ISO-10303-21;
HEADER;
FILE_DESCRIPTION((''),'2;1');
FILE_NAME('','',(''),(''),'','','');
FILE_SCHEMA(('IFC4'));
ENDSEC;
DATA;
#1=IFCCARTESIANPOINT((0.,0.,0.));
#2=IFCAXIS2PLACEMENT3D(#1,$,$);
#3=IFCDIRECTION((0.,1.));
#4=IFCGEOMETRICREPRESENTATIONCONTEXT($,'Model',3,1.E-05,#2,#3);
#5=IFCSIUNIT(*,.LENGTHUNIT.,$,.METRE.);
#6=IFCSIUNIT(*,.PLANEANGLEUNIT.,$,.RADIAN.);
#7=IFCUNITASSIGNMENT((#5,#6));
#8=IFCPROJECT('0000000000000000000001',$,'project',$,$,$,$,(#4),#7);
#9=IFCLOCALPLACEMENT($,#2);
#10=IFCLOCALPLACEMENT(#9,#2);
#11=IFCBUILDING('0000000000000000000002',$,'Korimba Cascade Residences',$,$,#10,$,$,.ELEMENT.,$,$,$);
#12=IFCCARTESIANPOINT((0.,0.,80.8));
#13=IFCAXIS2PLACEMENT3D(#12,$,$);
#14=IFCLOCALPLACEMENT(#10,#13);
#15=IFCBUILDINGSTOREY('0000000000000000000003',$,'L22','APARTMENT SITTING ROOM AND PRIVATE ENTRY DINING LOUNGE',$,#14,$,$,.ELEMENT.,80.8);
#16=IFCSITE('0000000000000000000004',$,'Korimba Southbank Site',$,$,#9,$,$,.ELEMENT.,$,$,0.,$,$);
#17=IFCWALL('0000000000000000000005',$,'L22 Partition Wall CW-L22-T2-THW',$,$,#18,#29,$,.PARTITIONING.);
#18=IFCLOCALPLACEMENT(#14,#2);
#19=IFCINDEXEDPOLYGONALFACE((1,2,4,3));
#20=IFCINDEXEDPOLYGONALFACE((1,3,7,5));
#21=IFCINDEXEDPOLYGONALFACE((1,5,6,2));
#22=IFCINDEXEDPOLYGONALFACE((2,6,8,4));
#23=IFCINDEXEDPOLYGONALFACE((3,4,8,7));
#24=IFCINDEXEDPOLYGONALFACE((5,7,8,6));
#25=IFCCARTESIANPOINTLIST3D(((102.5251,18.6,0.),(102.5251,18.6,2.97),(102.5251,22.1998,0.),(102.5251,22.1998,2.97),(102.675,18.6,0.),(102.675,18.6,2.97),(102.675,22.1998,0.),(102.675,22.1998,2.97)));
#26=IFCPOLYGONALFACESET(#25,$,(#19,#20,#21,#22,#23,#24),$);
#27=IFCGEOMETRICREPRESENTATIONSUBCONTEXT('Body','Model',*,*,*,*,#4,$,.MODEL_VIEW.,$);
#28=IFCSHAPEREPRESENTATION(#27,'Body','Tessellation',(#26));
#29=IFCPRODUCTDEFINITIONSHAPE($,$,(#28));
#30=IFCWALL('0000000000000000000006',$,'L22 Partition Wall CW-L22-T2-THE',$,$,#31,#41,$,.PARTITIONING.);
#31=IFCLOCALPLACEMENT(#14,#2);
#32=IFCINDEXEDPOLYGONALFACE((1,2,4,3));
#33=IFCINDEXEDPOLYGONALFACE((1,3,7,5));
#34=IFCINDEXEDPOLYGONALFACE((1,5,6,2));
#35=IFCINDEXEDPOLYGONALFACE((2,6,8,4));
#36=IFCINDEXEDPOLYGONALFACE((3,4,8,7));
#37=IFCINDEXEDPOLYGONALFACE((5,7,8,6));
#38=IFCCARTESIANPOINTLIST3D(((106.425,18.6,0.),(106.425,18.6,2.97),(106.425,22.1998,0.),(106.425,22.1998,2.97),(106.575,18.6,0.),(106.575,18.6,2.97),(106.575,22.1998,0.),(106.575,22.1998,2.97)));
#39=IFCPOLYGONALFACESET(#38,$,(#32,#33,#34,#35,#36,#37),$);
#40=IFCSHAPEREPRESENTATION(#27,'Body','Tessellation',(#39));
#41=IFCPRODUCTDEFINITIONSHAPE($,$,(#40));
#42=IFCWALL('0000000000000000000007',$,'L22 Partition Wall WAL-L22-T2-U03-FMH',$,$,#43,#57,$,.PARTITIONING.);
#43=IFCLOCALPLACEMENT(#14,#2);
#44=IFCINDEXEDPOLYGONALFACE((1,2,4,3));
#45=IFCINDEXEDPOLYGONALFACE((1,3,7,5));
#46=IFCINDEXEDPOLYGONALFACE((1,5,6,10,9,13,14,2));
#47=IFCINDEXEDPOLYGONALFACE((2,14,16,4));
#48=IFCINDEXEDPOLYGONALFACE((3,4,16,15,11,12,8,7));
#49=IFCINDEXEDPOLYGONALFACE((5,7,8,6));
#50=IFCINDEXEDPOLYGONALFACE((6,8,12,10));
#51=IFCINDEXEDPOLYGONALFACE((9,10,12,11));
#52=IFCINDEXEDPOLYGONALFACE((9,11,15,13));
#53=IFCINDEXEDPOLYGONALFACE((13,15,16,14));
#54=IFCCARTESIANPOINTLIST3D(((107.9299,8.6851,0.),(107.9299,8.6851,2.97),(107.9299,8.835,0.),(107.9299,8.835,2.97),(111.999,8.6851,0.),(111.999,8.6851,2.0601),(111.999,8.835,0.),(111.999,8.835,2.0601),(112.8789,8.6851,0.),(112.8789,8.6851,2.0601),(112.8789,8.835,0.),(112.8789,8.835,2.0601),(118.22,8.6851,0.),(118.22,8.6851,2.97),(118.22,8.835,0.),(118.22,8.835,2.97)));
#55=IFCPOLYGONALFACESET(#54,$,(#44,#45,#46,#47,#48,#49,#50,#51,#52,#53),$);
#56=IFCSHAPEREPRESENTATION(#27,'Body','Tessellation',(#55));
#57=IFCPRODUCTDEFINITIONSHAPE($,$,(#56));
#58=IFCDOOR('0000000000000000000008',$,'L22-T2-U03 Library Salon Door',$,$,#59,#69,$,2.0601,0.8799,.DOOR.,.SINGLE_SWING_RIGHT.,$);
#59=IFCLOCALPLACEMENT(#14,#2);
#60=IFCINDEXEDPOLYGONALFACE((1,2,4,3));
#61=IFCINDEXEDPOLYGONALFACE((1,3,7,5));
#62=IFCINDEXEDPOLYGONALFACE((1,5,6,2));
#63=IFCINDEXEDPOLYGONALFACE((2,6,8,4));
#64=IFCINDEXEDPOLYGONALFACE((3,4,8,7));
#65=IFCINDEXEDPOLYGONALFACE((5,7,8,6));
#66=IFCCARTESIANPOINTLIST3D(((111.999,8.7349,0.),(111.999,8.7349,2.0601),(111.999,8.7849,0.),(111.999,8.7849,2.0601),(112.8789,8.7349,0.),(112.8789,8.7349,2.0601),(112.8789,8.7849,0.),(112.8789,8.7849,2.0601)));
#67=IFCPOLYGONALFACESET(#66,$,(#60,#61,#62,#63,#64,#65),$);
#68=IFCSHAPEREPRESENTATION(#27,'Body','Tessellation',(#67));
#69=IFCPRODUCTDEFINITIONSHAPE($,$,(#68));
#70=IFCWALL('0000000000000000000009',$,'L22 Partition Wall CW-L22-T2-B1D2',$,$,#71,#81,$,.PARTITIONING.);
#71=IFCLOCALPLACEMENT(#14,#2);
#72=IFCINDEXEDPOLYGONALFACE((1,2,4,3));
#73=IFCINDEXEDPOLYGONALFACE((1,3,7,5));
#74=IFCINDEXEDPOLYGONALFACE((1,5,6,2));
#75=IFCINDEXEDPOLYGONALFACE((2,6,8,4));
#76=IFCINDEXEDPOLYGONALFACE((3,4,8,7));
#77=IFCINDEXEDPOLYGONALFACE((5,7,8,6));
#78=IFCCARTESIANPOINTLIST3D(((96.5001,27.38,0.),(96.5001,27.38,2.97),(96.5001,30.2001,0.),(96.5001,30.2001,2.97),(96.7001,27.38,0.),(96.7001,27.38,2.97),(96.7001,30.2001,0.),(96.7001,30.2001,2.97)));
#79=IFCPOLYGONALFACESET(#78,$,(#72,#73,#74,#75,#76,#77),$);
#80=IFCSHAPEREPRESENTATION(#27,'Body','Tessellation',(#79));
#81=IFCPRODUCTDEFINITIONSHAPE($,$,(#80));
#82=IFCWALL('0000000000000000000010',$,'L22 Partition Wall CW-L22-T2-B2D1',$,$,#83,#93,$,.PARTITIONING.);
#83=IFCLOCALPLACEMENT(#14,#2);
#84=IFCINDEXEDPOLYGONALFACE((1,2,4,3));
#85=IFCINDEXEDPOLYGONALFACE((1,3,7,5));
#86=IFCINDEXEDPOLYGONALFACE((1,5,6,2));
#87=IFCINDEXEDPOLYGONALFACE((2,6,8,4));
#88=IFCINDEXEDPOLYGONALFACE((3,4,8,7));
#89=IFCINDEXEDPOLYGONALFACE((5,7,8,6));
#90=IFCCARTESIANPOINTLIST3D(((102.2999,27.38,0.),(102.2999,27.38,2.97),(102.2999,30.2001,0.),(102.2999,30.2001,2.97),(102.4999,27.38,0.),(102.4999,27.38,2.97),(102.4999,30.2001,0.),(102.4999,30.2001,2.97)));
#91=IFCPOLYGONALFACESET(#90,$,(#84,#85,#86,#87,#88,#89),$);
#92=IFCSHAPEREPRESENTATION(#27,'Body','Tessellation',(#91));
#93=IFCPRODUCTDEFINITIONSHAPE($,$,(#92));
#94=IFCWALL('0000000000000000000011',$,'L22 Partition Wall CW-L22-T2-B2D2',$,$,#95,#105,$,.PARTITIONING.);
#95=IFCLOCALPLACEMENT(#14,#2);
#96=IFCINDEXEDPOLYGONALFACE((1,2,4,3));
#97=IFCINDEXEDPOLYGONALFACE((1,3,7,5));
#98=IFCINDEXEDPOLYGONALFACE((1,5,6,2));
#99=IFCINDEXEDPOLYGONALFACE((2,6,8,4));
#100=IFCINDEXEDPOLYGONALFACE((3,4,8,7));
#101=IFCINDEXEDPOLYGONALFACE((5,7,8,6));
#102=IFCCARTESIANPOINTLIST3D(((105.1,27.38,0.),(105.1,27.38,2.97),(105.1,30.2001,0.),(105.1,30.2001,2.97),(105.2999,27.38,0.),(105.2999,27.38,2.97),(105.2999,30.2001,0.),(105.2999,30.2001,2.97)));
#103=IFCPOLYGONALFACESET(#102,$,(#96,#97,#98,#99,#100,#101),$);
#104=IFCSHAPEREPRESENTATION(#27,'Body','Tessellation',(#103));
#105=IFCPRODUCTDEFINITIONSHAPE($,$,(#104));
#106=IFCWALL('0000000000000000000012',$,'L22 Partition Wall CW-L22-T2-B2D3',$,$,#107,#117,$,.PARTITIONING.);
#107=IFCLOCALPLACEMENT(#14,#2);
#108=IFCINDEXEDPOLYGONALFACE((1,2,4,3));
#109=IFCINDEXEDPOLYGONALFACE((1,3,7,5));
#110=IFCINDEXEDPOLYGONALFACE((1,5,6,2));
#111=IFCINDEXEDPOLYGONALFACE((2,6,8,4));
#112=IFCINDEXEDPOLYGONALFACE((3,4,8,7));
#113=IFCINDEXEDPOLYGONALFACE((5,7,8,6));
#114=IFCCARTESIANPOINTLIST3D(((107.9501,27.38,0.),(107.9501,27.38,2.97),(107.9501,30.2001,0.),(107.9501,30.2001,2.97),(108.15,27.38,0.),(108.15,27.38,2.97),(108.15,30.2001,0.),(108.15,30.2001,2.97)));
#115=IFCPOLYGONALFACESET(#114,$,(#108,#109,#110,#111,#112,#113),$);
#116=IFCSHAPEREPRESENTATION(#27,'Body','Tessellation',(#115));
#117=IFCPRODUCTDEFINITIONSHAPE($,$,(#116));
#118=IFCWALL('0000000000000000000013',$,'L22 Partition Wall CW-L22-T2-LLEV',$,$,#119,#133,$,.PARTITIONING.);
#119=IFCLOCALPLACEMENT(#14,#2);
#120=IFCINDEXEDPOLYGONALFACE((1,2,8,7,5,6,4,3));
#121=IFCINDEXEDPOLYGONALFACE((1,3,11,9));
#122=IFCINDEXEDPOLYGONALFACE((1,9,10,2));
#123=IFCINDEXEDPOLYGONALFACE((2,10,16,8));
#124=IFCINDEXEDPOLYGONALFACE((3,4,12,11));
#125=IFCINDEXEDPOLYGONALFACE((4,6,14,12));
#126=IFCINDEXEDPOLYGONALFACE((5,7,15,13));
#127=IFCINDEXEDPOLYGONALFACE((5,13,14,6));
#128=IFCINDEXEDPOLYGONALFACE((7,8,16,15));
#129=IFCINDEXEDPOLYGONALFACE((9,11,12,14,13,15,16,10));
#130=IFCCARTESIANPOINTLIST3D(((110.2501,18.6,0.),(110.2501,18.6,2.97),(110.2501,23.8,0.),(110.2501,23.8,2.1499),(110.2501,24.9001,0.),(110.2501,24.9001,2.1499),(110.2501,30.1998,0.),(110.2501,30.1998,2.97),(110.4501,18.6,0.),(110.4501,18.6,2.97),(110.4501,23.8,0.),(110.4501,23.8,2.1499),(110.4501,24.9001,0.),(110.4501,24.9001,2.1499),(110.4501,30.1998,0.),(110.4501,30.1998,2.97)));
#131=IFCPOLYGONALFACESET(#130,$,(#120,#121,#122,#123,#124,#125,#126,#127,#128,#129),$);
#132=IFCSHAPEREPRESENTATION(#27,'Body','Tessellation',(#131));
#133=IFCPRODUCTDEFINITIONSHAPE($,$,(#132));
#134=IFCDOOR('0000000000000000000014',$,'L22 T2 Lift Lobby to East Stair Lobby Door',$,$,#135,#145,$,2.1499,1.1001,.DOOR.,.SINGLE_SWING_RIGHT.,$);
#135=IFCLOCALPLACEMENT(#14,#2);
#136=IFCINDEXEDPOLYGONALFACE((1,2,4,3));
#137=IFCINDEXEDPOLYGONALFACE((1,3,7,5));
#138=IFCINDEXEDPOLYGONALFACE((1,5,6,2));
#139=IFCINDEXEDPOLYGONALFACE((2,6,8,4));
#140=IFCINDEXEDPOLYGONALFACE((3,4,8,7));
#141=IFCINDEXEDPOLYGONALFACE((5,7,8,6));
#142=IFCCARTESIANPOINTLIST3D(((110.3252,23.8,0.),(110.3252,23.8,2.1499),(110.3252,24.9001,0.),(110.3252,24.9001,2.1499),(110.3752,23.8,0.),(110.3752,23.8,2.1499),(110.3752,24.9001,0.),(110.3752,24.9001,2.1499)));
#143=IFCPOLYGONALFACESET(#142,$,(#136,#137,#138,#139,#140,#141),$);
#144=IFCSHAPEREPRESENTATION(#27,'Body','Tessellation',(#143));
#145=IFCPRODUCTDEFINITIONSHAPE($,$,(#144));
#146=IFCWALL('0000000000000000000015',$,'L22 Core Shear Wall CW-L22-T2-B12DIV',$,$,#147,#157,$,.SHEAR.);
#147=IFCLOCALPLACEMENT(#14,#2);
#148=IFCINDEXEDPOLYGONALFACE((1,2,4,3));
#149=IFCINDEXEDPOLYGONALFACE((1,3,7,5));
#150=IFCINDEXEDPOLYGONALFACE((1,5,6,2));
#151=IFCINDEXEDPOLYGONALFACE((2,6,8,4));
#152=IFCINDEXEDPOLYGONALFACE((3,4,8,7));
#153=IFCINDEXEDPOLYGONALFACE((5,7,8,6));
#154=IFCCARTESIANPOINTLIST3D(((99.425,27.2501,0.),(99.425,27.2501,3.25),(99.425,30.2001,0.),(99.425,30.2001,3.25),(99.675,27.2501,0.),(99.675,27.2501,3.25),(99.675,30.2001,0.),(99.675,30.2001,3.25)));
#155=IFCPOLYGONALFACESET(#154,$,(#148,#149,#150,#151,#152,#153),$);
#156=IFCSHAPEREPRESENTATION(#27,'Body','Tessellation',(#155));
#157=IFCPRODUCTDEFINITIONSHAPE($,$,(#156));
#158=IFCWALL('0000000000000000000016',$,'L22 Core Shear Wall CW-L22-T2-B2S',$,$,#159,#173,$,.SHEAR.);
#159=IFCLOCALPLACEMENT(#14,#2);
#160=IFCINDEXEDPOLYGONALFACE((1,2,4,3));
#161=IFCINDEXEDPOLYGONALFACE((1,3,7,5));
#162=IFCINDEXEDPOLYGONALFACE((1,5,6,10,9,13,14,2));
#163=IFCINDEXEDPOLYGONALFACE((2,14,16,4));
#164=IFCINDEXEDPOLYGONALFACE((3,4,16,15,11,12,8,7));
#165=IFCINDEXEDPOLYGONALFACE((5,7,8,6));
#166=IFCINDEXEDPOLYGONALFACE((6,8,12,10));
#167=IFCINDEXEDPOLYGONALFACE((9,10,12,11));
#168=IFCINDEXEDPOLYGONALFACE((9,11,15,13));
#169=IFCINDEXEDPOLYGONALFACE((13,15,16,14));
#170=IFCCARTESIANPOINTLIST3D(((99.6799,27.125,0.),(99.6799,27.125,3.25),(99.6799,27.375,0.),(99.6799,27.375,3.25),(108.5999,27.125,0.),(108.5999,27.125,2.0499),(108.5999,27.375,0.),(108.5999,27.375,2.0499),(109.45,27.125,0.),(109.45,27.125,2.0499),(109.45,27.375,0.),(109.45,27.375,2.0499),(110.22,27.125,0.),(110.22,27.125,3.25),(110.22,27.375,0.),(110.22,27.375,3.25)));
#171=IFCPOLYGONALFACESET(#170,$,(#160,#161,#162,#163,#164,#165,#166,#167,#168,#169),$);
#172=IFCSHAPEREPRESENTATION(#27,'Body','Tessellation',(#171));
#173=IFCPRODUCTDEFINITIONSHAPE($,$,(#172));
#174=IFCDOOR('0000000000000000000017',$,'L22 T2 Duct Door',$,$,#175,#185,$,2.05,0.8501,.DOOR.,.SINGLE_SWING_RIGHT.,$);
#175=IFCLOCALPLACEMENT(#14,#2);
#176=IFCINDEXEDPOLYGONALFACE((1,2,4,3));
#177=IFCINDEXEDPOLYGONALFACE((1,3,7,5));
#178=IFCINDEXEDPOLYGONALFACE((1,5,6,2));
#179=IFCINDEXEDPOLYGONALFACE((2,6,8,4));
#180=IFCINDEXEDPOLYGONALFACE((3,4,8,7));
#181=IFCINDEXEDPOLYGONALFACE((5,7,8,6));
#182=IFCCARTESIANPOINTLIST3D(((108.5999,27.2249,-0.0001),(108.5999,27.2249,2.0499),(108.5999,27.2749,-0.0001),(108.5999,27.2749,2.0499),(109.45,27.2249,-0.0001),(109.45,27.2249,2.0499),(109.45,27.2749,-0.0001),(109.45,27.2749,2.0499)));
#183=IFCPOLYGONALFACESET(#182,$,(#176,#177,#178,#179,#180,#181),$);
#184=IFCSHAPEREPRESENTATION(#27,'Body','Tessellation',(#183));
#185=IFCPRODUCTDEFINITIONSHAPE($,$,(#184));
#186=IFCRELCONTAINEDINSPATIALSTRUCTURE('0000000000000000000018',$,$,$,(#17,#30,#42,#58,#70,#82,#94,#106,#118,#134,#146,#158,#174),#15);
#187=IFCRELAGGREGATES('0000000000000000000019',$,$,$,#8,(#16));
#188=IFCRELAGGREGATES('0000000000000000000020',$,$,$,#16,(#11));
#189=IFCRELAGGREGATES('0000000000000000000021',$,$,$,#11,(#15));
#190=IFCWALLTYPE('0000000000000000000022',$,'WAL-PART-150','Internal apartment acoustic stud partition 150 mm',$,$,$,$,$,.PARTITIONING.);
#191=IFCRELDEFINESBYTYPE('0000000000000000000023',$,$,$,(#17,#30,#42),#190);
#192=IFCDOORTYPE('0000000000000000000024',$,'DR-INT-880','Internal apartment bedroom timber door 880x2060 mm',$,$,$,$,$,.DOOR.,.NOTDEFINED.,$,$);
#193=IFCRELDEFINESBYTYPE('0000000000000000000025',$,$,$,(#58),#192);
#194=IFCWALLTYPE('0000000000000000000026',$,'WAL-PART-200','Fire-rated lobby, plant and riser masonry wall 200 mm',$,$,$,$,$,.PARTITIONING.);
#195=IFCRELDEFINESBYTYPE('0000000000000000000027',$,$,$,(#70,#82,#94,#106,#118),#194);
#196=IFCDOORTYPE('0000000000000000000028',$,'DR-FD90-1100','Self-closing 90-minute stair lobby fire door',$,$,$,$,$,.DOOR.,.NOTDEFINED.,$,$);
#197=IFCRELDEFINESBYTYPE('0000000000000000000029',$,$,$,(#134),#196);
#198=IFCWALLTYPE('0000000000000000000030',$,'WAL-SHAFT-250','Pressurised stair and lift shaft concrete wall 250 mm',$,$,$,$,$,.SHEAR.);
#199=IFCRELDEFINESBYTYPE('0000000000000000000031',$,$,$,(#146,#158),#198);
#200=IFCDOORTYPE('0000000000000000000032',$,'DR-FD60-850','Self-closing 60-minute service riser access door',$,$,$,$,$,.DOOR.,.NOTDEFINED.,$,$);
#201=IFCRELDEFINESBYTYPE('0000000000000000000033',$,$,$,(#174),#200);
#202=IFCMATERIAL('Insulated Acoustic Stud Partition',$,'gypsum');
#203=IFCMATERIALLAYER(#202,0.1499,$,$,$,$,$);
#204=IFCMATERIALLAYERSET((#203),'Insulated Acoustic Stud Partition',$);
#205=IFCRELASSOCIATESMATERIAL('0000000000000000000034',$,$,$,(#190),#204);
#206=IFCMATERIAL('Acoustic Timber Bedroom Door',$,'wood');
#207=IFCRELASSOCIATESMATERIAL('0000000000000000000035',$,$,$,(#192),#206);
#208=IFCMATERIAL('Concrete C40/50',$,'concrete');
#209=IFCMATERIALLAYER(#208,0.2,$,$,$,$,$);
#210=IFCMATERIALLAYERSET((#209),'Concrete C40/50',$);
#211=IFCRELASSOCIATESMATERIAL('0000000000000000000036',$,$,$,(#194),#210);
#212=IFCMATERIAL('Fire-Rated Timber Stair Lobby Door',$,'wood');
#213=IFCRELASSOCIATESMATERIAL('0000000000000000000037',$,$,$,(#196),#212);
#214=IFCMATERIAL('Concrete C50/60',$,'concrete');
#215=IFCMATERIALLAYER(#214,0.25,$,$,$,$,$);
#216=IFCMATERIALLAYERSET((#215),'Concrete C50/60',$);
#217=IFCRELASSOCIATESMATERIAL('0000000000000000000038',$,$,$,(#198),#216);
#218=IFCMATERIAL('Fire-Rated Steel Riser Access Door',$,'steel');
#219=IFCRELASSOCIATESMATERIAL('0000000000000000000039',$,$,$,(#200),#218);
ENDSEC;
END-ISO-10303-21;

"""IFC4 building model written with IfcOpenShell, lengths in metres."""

from ifc_helpers import new_model, si_unit, direction, frame, frame_2d, origin, place, context, subcontext, project, spatial, rectangle, extrude, material, layer, layer_set, type_object, element, fill, save


model = new_model("IFC4")

# Units and contexts
model_context = context("Model", 3, precision=1e-05, world=origin(), true_north=direction((0.0, 1.0)))
body_context = subcontext(model_context, "Body", "Model", "MODEL_VIEW")
ifc_project = project(units=[si_unit("LENGTHUNIT", "METRE"), si_unit("PLANEANGLEUNIT", "RADIAN")], contexts=[model_context])

# Site, building, storey
site_placement = place(None, origin())
site = spatial("IfcSite", under=ifc_project, at=site_placement, Name="Korimba Southbank Site", CompositionType="ELEMENT", RefElevation=0.0)
building_placement = place(site_placement, origin())
building = spatial("IfcBuilding", under=site, at=building_placement, Name="Korimba Cascade Residences", CompositionType="ELEMENT")
storey_placement = place(building_placement, frame((0.0, 0.0, 80.8)))
storey = spatial("IfcBuildingStorey", under=building, at=storey_placement, Name="L22", Description="APARTMENT SITTING ROOM AND PRIVATE ENTRY DINING LOUNGE", CompositionType="ELEMENT", Elevation=80.8)

# Walls
ifc_material_1 = material(Name="Insulated Acoustic Stud Partition", Category="gypsum")
ifc_layer_1 = layer(ifc_material_1, 0.1499)
ifc_layer_set_1 = layer_set([ifc_layer_1], Name="Insulated Acoustic Stud Partition")
wall_type_1 = type_object("IfcWallType", Name="WAL-PART-150", Description="Internal apartment acoustic stud partition 150 mm", PredefinedType="PARTITIONING", material=ifc_layer_set_1)
for number, where, z_axis, x_axis, name in (
    (1, (102.6001, 18.6001, 0.0), (0.0, 0.0, 1.0), (0.0, 1.0, 0.0), "L22 Partition Wall CW-L22-T2-THW"),
    (2, (106.5, 18.6001, 0.0), (0.0, 0.0, 1.0), (0.0, 1.0, 0.0), "L22 Partition Wall CW-L22-T2-THE"),
):
    element("IfcWall", number, at=place(storey_placement, frame(where, z_axis=z_axis, x_axis=x_axis)), inside=storey, type_object=wall_type_1, Name=name, PredefinedType="PARTITIONING", context=body_context, shape_type="SweptSolid", body=[
        extrude(rectangle(XDim=3.5999, YDim=0.1499, at=frame_2d((1.7998, 0.0))), origin(), (0.0, 0.0, 1.0), 2.97),
    ])

# Wall, opening, door
wall_1_placement = place(storey_placement, frame((107.9299, 8.76, 0.0), z_axis=(0.0, 0.0, 1.0), x_axis=(1.0, 0.0, 0.0)))
wall_1 = element("IfcWall", 3, at=wall_1_placement, inside=storey, type_object=wall_type_1, Name="L22 Partition Wall WAL-L22-T2-U03-FMH", PredefinedType="PARTITIONING", context=body_context, shape_type="SweptSolid", body=[
    extrude(rectangle(XDim=10.29, YDim=0.1499, at=frame_2d((5.145, 0.0))), origin(), (0.0, 0.0, 1.0), 2.97),
])
opening_1_placement = place(wall_1_placement, frame((4.0691, 0.0, 0.0)))
opening_1 = element("IfcOpeningElement", 4, at=opening_1_placement, cuts=wall_1, PredefinedType="OPENING", context=body_context, shape_type="SweptSolid", body=[
    extrude(rectangle(XDim=0.8799, YDim=2.0601, at=frame_2d((0.4399, 1.03))), frame((0.0, 0.085, 0.0), z_axis=(0.0, -1.0, 0.0), x_axis=(1.0, 0.0, 0.0)), (0.0, 0.0, 1.0), 0.1699),
])
ifc_material_2 = material(Name="Acoustic Timber Bedroom Door", Category="wood")
door_type_1 = type_object("IfcDoorType", Name="DR-INT-880", Description="Internal apartment bedroom timber door 880x2060 mm", OperationType="NOTDEFINED", PredefinedType="DOOR", material=ifc_material_2)
door_1_placement = place(opening_1_placement, origin())
door_1 = element("IfcDoor", 5, at=door_1_placement, inside=storey, type_object=door_type_1, Name="L22-T2-U03 Library Salon Door", OperationType="SINGLE_SWING_RIGHT", OverallHeight=2.0601, OverallWidth=0.8799, PredefinedType="DOOR", context=body_context, shape_type="SweptSolid", body=[
    extrude(rectangle(XDim=0.8799, YDim=2.0601, at=frame_2d((0.4399, 1.03))), frame((0.0, 0.0249, 0.0), z_axis=(0.0, -1.0, 0.0), x_axis=(1.0, 0.0, 0.0)), (0.0, 0.0, 1.0), 0.05),
])
fill(opening_1, door_1)

# Walls
ifc_material_3 = material(Name="Concrete C40/50", Category="concrete")
ifc_layer_2 = layer(ifc_material_3, 0.2)
ifc_layer_set_2 = layer_set([ifc_layer_2], Name="Concrete C40/50")
wall_type_2 = type_object("IfcWallType", Name="WAL-PART-200", Description="Fire-rated lobby, plant and riser masonry wall 200 mm", PredefinedType="PARTITIONING", material=ifc_layer_set_2)
for number, where, z_axis, x_axis, name in (
    (6, (96.6001, 27.3799, 0.0), (0.0, 0.0, 1.0), (0.0, 1.0, 0.0), "L22 Partition Wall CW-L22-T2-B1D2"),
    (7, (102.3999, 27.3799, 0.0), (0.0, 0.0, 1.0), (0.0, 1.0, 0.0), "L22 Partition Wall CW-L22-T2-B2D1"),
    (8, (105.2, 27.3799, 0.0), (0.0, 0.0, 1.0), (0.0, 1.0, 0.0), "L22 Partition Wall CW-L22-T2-B2D2"),
    (9, (108.05, 27.3799, 0.0), (0.0, 0.0, 1.0), (0.0, 1.0, 0.0), "L22 Partition Wall CW-L22-T2-B2D3"),
):
    element("IfcWall", number, at=place(storey_placement, frame(where, z_axis=z_axis, x_axis=x_axis)), inside=storey, type_object=wall_type_2, Name=name, PredefinedType="PARTITIONING", context=body_context, shape_type="SweptSolid", body=[
        extrude(rectangle(XDim=2.8201, YDim=0.2, at=frame_2d((1.4102, 0.0))), origin(), (0.0, 0.0, 1.0), 2.97),
    ])

# Wall, opening, door
wall_2_placement = place(storey_placement, frame((110.3501, 18.6001, 0.0), z_axis=(0.0, 0.0, 1.0), x_axis=(0.0, 1.0, 0.0)))
wall_2 = element("IfcWall", 10, at=wall_2_placement, inside=storey, type_object=wall_type_2, Name="L22 Partition Wall CW-L22-T2-LLEV", PredefinedType="PARTITIONING", context=body_context, shape_type="SweptSolid", body=[
    extrude(rectangle(XDim=11.5999, YDim=0.2, at=frame_2d((5.7998, 0.0))), origin(), (0.0, 0.0, 1.0), 2.97),
])
opening_2_placement = place(wall_2_placement, frame((5.2, 0.0, 0.0)))
opening_2 = element("IfcOpeningElement", 11, at=opening_2_placement, cuts=wall_2, PredefinedType="OPENING", context=body_context, shape_type="SweptSolid", body=[
    extrude(rectangle(XDim=1.1001, YDim=2.1499, at=frame_2d((0.55, 1.075))), frame((0.0, 0.1099, 0.0), z_axis=(0.0, -1.0, 0.0), x_axis=(1.0, 0.0, 0.0)), (0.0, 0.0, 1.0), 0.22),
])
ifc_material_4 = material(Name="Fire-Rated Timber Stair Lobby Door", Category="wood")
door_type_2 = type_object("IfcDoorType", Name="DR-FD90-1100", Description="Self-closing 90-minute stair lobby fire door", OperationType="NOTDEFINED", PredefinedType="DOOR", material=ifc_material_4)
door_2_placement = place(opening_2_placement, origin())
door_2 = element("IfcDoor", 12, at=door_2_placement, inside=storey, type_object=door_type_2, Name="L22 T2 Lift Lobby to East Stair Lobby Door", OperationType="SINGLE_SWING_RIGHT", OverallHeight=2.1499, OverallWidth=1.1001, PredefinedType="DOOR", context=body_context, shape_type="SweptSolid", body=[
    extrude(rectangle(XDim=1.1001, YDim=2.1499, at=frame_2d((0.55, 1.075))), frame((0.0, 0.0249, 0.0), z_axis=(0.0, -1.0, 0.0), x_axis=(1.0, 0.0, 0.0)), (0.0, 0.0, 1.0), 0.05),
])
fill(opening_2, door_2)

# Wall
ifc_material_5 = material(Name="Concrete C50/60", Category="concrete")
ifc_layer_3 = layer(ifc_material_5, 0.25)
ifc_layer_set_3 = layer_set([ifc_layer_3], Name="Concrete C50/60")
wall_type_3 = type_object("IfcWallType", Name="WAL-SHAFT-250", Description="Pressurised stair and lift shaft concrete wall 250 mm", PredefinedType="SHEAR", material=ifc_layer_set_3)
wall_3_placement = place(storey_placement, frame((99.55, 27.25, 0.0), z_axis=(0.0, 0.0, 1.0), x_axis=(0.0, 1.0, 0.0)))
element("IfcWall", 13, at=wall_3_placement, inside=storey, type_object=wall_type_3, Name="L22 Core Shear Wall CW-L22-T2-B12DIV", PredefinedType="SHEAR", context=body_context, shape_type="SweptSolid", body=[
    extrude(rectangle(XDim=2.95, YDim=0.25, at=frame_2d((1.4751, 0.0))), origin(), (0.0, 0.0, 1.0), 3.25),
])

# Wall, opening, door
wall_4_placement = place(storey_placement, frame((99.6799, 27.25, 0.0), z_axis=(0.0, 0.0, 1.0), x_axis=(1.0, 0.0, 0.0)))
wall_4 = element("IfcWall", 14, at=wall_4_placement, inside=storey, type_object=wall_type_3, Name="L22 Core Shear Wall CW-L22-T2-B2S", PredefinedType="SHEAR", context=body_context, shape_type="SweptSolid", body=[
    extrude(rectangle(XDim=10.54, YDim=0.25, at=frame_2d((5.27, 0.0))), origin(), (0.0, 0.0, 1.0), 3.25),
])
opening_3_placement = place(wall_4_placement, frame((8.9199, 0.0, 0.0)))
opening_3 = element("IfcOpeningElement", 15, at=opening_3_placement, cuts=wall_4, PredefinedType="OPENING", context=body_context, shape_type="SweptSolid", body=[
    extrude(rectangle(XDim=0.8501, YDim=2.05, at=frame_2d((0.425, 1.0249))), frame((0.0, 0.135, 0.0), z_axis=(0.0, -1.0, 0.0), x_axis=(1.0, 0.0, 0.0)), (0.0, 0.0, 1.0), 0.27),
])
ifc_material_6 = material(Name="Fire-Rated Steel Riser Access Door", Category="steel")
door_type_3 = type_object("IfcDoorType", Name="DR-FD60-850", Description="Self-closing 60-minute service riser access door", OperationType="NOTDEFINED", PredefinedType="DOOR", material=ifc_material_6)
door_3_placement = place(opening_3_placement, origin())
door_3 = element("IfcDoor", 16, at=door_3_placement, inside=storey, type_object=door_type_3, Name="L22 T2 Duct Door", OperationType="SINGLE_SWING_RIGHT", OverallHeight=2.05, OverallWidth=0.8501, PredefinedType="DOOR", context=body_context, shape_type="SweptSolid", body=[
    extrude(rectangle(XDim=0.8501, YDim=2.05, at=frame_2d((0.425, 1.0249))), frame((0.0, 0.0249, 0.0), z_axis=(0.0, -1.0, 0.0), x_axis=(1.0, 0.0, 0.0)), (0.0, 0.0, 1.0), 0.05),
])
fill(opening_3, door_3)

save(model, "model.ifc")
